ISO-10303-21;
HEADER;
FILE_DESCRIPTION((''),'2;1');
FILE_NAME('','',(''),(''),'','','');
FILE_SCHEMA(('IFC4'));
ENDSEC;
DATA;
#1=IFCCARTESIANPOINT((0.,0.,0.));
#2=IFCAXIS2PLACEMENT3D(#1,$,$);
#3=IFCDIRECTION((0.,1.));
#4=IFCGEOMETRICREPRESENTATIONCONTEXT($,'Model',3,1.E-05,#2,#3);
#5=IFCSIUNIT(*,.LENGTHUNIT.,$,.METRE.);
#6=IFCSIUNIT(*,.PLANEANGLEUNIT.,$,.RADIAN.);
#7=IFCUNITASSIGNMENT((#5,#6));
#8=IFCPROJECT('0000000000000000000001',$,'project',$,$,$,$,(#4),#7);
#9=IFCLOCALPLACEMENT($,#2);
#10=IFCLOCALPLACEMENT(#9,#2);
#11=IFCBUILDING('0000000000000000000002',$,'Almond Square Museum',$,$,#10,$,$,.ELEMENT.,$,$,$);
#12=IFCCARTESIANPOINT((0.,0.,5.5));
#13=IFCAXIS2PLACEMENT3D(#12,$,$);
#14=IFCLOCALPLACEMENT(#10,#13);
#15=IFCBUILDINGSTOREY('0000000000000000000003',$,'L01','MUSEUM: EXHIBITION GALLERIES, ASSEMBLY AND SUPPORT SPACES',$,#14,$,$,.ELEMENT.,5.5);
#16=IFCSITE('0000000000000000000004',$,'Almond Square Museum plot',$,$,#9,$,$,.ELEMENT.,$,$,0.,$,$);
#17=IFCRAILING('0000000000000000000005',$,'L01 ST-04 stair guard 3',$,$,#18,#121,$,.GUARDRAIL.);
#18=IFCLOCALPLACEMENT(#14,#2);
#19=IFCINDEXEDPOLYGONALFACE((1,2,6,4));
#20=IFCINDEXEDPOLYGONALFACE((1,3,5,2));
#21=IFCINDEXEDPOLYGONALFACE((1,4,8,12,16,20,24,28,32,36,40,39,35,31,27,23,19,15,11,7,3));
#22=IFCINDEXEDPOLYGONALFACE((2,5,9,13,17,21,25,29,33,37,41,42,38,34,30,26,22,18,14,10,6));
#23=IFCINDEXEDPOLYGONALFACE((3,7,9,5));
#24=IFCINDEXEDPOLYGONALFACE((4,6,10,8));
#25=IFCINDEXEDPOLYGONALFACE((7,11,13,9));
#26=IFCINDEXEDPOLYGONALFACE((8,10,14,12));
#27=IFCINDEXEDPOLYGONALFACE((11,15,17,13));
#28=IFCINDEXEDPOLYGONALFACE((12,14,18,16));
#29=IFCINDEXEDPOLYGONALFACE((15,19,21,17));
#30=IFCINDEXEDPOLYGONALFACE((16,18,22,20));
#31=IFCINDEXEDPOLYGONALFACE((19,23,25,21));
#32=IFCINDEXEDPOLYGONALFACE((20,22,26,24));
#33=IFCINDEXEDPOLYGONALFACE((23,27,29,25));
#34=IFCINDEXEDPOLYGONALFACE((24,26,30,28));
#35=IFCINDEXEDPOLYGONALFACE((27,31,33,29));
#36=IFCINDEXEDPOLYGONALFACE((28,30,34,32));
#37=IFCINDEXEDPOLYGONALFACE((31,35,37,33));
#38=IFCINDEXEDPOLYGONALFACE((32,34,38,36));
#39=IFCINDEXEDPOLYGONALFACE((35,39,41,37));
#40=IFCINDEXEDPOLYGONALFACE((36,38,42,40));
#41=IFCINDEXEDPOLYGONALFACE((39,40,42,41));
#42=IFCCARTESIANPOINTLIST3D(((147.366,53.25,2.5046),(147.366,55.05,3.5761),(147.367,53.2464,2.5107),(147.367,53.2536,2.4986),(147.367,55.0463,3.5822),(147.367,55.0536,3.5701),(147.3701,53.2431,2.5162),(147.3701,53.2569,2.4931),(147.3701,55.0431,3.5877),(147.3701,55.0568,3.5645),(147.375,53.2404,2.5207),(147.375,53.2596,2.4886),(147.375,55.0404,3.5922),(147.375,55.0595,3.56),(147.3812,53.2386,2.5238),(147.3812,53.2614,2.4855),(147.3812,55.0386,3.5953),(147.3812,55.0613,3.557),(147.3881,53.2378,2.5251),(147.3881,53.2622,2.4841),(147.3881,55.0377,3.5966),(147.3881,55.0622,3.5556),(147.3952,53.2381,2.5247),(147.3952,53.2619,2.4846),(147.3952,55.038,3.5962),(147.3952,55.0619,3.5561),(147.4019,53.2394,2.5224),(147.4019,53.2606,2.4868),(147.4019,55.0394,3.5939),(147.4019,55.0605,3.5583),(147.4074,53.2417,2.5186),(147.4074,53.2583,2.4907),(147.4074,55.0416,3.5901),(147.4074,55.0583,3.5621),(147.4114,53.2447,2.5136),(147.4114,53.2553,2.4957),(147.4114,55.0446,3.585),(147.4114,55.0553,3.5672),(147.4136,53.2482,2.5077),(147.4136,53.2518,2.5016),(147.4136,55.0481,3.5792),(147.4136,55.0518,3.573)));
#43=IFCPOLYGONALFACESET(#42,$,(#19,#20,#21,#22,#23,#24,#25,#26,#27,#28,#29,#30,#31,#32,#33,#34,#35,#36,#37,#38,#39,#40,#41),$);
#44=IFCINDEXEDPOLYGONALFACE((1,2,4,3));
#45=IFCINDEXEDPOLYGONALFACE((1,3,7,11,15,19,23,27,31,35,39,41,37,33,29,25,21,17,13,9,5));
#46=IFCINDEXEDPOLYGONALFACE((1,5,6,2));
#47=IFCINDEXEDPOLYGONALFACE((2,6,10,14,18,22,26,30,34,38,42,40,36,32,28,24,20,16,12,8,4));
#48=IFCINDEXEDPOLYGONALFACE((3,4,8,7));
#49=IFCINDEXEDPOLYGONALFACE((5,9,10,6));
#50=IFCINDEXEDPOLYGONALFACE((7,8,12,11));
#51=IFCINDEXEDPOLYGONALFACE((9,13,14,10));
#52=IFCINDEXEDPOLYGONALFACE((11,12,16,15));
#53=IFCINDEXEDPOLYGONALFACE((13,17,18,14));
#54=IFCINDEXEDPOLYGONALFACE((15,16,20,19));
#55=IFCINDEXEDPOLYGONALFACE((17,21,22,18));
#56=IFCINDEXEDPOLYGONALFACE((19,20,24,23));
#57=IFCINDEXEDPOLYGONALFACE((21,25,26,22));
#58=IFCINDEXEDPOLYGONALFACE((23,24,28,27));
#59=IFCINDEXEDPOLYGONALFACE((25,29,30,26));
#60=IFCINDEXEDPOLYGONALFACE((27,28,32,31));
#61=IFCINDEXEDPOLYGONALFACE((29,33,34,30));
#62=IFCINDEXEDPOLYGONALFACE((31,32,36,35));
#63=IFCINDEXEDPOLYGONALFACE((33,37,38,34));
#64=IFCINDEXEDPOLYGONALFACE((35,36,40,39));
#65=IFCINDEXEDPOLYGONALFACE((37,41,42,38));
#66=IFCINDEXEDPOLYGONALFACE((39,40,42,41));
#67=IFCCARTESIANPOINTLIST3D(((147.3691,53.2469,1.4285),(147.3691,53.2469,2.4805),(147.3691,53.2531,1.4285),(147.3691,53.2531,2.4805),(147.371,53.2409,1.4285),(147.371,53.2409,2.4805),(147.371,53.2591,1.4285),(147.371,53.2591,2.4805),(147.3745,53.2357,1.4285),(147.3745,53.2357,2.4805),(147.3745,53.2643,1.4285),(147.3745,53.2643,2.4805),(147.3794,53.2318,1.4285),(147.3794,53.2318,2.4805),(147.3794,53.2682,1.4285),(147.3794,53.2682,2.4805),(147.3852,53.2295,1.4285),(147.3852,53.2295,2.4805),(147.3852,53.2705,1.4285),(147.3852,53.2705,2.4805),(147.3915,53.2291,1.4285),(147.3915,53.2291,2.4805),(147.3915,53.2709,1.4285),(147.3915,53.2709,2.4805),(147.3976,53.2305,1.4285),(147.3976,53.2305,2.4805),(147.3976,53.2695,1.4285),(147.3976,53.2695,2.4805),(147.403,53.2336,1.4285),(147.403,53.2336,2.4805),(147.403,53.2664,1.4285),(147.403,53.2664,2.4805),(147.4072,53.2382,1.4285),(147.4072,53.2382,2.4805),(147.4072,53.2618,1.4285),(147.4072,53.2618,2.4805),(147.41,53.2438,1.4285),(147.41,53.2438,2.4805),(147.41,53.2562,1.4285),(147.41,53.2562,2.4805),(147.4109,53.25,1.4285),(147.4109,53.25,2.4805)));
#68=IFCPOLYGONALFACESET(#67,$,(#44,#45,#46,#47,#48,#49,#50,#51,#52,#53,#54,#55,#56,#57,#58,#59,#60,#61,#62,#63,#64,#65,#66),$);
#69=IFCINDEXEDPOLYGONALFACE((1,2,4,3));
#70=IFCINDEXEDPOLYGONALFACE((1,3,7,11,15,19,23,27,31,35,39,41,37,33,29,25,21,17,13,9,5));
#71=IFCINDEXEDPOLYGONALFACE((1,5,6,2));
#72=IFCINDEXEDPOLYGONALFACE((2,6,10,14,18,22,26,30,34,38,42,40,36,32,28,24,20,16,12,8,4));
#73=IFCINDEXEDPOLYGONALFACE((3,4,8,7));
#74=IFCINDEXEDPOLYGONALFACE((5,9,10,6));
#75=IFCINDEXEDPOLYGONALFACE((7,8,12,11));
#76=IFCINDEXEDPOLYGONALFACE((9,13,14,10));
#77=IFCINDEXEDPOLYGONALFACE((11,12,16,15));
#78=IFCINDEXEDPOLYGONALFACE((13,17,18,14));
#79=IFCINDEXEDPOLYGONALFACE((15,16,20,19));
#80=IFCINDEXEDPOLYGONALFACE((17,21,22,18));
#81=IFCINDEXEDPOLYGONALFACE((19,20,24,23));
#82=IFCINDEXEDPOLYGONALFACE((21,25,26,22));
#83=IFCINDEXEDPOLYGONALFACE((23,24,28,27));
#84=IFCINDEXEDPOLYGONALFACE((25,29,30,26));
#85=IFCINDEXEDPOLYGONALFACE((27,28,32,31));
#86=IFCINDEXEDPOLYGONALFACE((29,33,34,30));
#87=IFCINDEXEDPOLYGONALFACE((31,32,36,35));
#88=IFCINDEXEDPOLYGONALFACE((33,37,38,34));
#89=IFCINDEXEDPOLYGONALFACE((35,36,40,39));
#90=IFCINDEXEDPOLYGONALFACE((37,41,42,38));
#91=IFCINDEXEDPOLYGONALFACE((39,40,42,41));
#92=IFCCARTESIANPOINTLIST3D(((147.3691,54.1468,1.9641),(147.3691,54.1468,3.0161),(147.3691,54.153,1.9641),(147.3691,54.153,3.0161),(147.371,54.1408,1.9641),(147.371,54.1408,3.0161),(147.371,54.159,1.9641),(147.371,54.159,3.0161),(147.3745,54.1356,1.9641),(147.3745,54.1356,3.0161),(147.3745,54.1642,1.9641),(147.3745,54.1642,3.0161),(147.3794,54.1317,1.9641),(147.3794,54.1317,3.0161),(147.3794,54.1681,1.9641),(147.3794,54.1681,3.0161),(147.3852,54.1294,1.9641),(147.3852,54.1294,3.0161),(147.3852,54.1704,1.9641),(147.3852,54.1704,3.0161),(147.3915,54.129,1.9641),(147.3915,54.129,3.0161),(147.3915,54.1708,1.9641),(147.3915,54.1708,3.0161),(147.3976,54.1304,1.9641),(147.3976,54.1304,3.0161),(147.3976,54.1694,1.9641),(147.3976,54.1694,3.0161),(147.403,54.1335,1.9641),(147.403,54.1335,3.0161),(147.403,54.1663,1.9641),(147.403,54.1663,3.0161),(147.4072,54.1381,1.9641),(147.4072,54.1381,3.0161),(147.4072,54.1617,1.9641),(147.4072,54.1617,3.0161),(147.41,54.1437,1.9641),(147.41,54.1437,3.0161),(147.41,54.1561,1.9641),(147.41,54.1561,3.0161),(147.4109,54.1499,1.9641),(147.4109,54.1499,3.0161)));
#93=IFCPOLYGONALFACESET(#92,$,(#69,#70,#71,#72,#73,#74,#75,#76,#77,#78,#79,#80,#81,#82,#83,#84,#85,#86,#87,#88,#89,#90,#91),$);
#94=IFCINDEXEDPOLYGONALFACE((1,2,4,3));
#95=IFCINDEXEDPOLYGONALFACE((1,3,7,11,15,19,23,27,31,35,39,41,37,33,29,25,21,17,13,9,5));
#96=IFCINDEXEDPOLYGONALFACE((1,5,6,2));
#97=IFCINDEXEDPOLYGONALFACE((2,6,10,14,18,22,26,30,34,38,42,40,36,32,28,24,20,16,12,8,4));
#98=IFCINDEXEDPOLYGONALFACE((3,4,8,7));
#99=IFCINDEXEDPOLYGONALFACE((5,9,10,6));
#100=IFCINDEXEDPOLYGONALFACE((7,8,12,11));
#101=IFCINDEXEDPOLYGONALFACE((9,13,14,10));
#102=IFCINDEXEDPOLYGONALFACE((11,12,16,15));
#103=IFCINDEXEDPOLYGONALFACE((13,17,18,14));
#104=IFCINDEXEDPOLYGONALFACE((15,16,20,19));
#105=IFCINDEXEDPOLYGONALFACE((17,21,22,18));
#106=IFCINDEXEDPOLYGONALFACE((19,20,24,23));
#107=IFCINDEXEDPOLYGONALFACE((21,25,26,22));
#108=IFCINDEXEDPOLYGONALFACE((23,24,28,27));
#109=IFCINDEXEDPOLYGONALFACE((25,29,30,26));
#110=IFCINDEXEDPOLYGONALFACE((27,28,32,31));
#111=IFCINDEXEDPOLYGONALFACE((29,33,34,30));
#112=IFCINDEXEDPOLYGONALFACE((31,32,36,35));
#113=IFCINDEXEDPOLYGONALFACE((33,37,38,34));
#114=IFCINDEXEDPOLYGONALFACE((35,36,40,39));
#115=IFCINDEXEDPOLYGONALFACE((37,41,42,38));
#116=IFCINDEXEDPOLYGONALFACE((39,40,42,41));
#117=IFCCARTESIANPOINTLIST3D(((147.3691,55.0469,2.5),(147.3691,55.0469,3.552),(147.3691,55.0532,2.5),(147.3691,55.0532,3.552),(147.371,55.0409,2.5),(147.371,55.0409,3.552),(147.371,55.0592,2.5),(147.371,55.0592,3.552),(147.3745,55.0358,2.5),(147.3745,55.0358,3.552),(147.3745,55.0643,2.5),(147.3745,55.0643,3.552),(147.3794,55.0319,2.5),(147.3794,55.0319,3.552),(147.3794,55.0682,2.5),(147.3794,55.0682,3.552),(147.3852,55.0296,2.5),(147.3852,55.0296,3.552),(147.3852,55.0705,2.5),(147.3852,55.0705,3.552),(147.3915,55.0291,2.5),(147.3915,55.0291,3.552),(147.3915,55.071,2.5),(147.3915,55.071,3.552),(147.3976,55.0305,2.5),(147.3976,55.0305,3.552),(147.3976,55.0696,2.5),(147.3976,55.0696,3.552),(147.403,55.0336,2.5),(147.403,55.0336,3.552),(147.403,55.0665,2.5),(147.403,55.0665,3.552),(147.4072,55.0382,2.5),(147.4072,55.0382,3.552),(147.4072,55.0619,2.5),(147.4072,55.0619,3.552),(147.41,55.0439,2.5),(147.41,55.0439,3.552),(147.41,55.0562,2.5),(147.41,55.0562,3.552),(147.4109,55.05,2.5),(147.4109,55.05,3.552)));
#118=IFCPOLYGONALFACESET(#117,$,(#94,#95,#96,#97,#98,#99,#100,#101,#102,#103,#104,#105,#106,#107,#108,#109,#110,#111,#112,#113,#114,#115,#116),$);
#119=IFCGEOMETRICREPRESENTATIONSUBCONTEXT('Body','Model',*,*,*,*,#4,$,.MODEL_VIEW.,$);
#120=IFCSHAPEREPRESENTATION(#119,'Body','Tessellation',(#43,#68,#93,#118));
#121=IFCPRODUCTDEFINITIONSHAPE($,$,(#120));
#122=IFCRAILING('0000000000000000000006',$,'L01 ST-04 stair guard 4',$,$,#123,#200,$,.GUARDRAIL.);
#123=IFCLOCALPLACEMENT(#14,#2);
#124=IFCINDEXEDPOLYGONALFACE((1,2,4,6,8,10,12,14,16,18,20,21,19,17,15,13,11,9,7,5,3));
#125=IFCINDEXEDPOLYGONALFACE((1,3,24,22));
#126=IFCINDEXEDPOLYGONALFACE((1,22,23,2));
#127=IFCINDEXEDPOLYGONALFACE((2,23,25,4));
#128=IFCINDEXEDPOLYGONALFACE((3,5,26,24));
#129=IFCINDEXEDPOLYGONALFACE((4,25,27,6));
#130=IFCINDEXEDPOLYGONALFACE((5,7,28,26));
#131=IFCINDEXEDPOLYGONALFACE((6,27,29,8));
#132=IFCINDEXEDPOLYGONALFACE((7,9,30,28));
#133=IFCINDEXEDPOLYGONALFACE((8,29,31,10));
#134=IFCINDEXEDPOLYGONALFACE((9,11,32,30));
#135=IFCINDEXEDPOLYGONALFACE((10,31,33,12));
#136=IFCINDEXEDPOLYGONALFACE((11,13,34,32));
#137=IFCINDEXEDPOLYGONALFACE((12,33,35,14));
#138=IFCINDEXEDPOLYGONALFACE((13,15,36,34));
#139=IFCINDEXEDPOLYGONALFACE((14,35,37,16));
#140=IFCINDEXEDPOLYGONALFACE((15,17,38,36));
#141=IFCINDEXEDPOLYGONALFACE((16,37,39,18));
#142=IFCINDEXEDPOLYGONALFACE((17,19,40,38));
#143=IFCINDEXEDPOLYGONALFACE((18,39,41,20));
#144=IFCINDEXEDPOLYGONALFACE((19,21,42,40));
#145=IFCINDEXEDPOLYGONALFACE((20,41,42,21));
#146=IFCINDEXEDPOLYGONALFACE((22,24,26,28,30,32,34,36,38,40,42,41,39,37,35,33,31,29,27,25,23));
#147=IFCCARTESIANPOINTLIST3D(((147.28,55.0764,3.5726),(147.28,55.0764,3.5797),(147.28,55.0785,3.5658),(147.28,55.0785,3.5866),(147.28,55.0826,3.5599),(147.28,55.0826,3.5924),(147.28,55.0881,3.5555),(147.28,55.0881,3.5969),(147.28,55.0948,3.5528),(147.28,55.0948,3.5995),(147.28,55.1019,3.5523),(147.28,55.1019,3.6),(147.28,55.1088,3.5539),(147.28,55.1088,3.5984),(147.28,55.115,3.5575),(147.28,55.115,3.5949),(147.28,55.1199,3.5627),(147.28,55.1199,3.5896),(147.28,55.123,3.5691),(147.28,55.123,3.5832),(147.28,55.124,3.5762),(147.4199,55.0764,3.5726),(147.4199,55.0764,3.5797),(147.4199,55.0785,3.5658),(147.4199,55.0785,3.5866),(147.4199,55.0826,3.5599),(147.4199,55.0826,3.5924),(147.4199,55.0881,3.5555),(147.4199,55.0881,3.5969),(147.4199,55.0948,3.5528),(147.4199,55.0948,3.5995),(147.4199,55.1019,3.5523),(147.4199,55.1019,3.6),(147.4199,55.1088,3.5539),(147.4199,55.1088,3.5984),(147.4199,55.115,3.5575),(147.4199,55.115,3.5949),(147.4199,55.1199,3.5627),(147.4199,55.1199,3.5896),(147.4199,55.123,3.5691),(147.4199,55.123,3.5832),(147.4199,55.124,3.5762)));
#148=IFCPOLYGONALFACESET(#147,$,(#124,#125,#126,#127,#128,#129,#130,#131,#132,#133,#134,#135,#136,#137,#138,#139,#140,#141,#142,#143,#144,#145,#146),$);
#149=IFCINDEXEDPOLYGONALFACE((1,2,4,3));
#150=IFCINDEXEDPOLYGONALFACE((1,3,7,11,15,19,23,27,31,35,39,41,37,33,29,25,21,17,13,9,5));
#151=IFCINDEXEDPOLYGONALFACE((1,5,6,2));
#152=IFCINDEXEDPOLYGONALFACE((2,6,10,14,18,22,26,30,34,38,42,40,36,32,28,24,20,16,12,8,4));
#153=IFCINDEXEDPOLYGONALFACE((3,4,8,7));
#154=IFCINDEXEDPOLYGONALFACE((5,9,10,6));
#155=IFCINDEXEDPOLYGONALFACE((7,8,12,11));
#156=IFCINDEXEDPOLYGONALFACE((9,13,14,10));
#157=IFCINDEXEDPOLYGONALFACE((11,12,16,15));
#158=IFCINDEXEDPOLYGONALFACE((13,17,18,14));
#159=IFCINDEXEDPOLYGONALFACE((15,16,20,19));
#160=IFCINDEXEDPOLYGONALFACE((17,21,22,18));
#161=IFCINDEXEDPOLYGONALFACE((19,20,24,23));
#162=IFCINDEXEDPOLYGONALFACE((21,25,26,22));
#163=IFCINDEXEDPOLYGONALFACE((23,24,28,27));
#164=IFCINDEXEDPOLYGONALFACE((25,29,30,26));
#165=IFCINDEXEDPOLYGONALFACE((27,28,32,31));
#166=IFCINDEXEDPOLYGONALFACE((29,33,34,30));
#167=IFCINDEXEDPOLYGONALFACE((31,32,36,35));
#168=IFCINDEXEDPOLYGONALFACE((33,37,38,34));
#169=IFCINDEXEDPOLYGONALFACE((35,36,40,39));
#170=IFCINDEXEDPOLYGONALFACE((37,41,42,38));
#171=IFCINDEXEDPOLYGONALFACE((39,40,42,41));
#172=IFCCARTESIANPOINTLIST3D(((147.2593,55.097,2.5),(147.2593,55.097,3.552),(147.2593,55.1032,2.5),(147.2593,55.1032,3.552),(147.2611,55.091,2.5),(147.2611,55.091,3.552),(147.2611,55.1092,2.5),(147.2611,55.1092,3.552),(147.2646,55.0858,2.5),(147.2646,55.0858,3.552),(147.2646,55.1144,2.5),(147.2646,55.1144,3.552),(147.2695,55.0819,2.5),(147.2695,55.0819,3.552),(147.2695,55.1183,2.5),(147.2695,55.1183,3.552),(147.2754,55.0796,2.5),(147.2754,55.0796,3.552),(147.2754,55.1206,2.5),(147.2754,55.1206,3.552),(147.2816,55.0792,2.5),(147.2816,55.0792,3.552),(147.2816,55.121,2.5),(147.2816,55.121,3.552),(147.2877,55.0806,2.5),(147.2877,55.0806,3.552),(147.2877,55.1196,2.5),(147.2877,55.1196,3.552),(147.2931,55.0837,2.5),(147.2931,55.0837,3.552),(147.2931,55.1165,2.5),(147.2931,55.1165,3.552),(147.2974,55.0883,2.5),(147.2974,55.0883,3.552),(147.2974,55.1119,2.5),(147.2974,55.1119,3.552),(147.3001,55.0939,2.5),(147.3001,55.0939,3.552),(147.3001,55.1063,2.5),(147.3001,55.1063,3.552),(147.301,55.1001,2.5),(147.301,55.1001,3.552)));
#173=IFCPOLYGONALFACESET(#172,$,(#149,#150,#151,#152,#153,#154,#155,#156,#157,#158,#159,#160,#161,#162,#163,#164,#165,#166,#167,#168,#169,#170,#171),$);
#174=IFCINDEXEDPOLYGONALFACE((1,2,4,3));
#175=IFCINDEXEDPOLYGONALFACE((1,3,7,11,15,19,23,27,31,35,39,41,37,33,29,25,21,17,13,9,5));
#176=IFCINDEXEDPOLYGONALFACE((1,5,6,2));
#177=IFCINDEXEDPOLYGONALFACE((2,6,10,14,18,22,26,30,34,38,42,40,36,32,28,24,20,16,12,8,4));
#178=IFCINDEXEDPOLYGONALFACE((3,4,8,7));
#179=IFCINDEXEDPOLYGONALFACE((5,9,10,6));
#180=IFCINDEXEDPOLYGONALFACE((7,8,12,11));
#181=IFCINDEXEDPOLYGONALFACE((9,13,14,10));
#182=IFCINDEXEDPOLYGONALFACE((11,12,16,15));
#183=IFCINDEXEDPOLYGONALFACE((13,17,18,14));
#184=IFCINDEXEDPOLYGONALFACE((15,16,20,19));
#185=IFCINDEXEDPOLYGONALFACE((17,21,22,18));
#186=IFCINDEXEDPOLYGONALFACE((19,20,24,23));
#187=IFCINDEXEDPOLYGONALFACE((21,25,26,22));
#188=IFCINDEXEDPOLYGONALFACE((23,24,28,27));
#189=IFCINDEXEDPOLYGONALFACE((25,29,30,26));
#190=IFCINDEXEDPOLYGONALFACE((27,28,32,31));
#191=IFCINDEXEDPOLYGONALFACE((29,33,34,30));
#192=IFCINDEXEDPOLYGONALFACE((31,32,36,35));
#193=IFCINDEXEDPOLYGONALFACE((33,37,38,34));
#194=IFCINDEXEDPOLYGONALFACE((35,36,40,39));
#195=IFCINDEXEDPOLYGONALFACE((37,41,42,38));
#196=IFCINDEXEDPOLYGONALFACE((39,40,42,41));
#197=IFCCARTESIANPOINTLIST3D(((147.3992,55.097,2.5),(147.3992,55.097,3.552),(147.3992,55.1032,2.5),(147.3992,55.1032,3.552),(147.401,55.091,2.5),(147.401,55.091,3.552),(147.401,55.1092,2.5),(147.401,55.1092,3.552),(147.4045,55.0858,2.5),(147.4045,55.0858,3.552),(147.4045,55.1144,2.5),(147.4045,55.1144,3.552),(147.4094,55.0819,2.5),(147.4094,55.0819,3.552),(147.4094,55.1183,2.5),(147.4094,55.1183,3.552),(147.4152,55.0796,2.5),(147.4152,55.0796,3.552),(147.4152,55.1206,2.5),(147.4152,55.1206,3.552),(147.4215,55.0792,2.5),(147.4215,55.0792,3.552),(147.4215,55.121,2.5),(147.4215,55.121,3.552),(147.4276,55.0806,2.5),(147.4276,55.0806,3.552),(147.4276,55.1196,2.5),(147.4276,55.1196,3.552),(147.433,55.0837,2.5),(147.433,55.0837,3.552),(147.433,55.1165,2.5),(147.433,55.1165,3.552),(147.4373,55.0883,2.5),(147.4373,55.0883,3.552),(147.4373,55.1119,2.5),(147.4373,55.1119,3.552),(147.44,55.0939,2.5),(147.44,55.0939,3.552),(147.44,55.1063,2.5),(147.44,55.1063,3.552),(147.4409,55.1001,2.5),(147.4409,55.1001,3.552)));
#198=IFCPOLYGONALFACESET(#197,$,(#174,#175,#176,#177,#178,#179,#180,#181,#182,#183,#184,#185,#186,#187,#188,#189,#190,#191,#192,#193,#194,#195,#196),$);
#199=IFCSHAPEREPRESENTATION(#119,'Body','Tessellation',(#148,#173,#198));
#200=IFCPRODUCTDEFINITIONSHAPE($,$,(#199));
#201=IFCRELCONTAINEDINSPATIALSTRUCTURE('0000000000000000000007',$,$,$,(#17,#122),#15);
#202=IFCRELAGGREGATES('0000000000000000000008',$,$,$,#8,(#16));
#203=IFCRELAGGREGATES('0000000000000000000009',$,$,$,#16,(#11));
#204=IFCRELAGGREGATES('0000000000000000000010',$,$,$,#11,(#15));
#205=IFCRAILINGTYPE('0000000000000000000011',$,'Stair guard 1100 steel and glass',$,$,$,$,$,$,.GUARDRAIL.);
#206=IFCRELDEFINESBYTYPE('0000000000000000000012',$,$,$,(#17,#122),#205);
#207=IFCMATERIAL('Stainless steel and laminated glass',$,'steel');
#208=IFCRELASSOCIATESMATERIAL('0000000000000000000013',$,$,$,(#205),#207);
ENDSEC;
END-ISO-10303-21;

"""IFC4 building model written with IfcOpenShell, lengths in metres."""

from ifc_helpers import new_model, si_unit, direction, frame, origin, origin_2d, place, context, subcontext, project, spatial, circle, extrude, material, type_object, element, save


model = new_model("IFC4")

# Units and contexts
model_context = context("Model", 3, precision=1e-05, world=origin(), true_north=direction((0.0, 1.0)))
body_context = subcontext(model_context, "Body", "Model", "MODEL_VIEW")
ifc_project = project(units=[si_unit("LENGTHUNIT", "METRE"), si_unit("PLANEANGLEUNIT", "RADIAN")], contexts=[model_context])

# Site, building, storey
site_placement = place(None, origin())
site = spatial("IfcSite", under=ifc_project, at=site_placement, Name="Almond Square Museum plot", CompositionType="ELEMENT", RefElevation=0.0)
building_placement = place(site_placement, origin())
building = spatial("IfcBuilding", under=site, at=building_placement, Name="Almond Square Museum", CompositionType="ELEMENT")
storey_placement = place(building_placement, frame((0.0, 0.0, 5.5)))
storey = spatial("IfcBuildingStorey", under=building, at=storey_placement, Name="L01", Description="MUSEUM: EXHIBITION GALLERIES, ASSEMBLY AND SUPPORT SPACES", CompositionType="ELEMENT", Elevation=5.5)

# Railings
ifc_material_1 = material(Name="Stainless steel and laminated glass", Category="steel")
railing_type_1 = type_object("IfcRailingType", Name="Stair guard 1100 steel and glass", PredefinedType="GUARDRAIL", material=ifc_material_1)
railing_1_placement = place(storey_placement, frame((147.3899, 53.25, 1.4285)))
element("IfcRailing", 1, at=railing_1_placement, inside=storey, type_object=railing_type_1, Name="L01 ST-04 stair guard 3", PredefinedType="GUARDRAIL", context=body_context, shape_type="SweptSolid", body=[
    extrude(circle(Radius=0.0239, at=origin_2d()), frame((0.0, 0.0, 1.0762), z_axis=(0.0, 0.859277, 0.51151), x_axis=(-1.0, 0.0, 0.0)), (0.0, 0.0, 1.0), 2.0947),
    extrude(circle(Radius=0.021, at=origin_2d()), origin(), (0.0, 0.0, 1.0), 1.052),
    extrude(circle(Radius=0.021, at=origin_2d()), frame((0.0, 0.8999, 0.5356)), (0.0, 0.0, 1.0), 1.052),
    extrude(circle(Radius=0.021, at=origin_2d()), frame((0.0, 1.8, 1.0715)), (0.0, 0.0, 1.0), 1.052),
])
railing_2_placement = place(storey_placement, frame((147.28, 55.1001, 2.5)))
element("IfcRailing", 2, at=railing_2_placement, inside=storey, type_object=railing_type_1, Name="L01 ST-04 stair guard 4", PredefinedType="GUARDRAIL", context=body_context, shape_type="SweptSolid", body=[
    extrude(circle(Radius=0.0239, at=origin_2d()), frame((0.0, 0.0, 1.0762), z_axis=(1.0, 0.0, 0.0), x_axis=(0.0, 1.0, 0.0)), (0.0, 0.0, 1.0), 0.1399),
    extrude(circle(Radius=0.021, at=origin_2d()), origin(), (0.0, 0.0, 1.0), 1.052),
    extrude(circle(Radius=0.021, at=origin_2d()), frame((0.1399, 0.0, 0.0)), (0.0, 0.0, 1.0), 1.052),
])

save(model, "model.ifc")
